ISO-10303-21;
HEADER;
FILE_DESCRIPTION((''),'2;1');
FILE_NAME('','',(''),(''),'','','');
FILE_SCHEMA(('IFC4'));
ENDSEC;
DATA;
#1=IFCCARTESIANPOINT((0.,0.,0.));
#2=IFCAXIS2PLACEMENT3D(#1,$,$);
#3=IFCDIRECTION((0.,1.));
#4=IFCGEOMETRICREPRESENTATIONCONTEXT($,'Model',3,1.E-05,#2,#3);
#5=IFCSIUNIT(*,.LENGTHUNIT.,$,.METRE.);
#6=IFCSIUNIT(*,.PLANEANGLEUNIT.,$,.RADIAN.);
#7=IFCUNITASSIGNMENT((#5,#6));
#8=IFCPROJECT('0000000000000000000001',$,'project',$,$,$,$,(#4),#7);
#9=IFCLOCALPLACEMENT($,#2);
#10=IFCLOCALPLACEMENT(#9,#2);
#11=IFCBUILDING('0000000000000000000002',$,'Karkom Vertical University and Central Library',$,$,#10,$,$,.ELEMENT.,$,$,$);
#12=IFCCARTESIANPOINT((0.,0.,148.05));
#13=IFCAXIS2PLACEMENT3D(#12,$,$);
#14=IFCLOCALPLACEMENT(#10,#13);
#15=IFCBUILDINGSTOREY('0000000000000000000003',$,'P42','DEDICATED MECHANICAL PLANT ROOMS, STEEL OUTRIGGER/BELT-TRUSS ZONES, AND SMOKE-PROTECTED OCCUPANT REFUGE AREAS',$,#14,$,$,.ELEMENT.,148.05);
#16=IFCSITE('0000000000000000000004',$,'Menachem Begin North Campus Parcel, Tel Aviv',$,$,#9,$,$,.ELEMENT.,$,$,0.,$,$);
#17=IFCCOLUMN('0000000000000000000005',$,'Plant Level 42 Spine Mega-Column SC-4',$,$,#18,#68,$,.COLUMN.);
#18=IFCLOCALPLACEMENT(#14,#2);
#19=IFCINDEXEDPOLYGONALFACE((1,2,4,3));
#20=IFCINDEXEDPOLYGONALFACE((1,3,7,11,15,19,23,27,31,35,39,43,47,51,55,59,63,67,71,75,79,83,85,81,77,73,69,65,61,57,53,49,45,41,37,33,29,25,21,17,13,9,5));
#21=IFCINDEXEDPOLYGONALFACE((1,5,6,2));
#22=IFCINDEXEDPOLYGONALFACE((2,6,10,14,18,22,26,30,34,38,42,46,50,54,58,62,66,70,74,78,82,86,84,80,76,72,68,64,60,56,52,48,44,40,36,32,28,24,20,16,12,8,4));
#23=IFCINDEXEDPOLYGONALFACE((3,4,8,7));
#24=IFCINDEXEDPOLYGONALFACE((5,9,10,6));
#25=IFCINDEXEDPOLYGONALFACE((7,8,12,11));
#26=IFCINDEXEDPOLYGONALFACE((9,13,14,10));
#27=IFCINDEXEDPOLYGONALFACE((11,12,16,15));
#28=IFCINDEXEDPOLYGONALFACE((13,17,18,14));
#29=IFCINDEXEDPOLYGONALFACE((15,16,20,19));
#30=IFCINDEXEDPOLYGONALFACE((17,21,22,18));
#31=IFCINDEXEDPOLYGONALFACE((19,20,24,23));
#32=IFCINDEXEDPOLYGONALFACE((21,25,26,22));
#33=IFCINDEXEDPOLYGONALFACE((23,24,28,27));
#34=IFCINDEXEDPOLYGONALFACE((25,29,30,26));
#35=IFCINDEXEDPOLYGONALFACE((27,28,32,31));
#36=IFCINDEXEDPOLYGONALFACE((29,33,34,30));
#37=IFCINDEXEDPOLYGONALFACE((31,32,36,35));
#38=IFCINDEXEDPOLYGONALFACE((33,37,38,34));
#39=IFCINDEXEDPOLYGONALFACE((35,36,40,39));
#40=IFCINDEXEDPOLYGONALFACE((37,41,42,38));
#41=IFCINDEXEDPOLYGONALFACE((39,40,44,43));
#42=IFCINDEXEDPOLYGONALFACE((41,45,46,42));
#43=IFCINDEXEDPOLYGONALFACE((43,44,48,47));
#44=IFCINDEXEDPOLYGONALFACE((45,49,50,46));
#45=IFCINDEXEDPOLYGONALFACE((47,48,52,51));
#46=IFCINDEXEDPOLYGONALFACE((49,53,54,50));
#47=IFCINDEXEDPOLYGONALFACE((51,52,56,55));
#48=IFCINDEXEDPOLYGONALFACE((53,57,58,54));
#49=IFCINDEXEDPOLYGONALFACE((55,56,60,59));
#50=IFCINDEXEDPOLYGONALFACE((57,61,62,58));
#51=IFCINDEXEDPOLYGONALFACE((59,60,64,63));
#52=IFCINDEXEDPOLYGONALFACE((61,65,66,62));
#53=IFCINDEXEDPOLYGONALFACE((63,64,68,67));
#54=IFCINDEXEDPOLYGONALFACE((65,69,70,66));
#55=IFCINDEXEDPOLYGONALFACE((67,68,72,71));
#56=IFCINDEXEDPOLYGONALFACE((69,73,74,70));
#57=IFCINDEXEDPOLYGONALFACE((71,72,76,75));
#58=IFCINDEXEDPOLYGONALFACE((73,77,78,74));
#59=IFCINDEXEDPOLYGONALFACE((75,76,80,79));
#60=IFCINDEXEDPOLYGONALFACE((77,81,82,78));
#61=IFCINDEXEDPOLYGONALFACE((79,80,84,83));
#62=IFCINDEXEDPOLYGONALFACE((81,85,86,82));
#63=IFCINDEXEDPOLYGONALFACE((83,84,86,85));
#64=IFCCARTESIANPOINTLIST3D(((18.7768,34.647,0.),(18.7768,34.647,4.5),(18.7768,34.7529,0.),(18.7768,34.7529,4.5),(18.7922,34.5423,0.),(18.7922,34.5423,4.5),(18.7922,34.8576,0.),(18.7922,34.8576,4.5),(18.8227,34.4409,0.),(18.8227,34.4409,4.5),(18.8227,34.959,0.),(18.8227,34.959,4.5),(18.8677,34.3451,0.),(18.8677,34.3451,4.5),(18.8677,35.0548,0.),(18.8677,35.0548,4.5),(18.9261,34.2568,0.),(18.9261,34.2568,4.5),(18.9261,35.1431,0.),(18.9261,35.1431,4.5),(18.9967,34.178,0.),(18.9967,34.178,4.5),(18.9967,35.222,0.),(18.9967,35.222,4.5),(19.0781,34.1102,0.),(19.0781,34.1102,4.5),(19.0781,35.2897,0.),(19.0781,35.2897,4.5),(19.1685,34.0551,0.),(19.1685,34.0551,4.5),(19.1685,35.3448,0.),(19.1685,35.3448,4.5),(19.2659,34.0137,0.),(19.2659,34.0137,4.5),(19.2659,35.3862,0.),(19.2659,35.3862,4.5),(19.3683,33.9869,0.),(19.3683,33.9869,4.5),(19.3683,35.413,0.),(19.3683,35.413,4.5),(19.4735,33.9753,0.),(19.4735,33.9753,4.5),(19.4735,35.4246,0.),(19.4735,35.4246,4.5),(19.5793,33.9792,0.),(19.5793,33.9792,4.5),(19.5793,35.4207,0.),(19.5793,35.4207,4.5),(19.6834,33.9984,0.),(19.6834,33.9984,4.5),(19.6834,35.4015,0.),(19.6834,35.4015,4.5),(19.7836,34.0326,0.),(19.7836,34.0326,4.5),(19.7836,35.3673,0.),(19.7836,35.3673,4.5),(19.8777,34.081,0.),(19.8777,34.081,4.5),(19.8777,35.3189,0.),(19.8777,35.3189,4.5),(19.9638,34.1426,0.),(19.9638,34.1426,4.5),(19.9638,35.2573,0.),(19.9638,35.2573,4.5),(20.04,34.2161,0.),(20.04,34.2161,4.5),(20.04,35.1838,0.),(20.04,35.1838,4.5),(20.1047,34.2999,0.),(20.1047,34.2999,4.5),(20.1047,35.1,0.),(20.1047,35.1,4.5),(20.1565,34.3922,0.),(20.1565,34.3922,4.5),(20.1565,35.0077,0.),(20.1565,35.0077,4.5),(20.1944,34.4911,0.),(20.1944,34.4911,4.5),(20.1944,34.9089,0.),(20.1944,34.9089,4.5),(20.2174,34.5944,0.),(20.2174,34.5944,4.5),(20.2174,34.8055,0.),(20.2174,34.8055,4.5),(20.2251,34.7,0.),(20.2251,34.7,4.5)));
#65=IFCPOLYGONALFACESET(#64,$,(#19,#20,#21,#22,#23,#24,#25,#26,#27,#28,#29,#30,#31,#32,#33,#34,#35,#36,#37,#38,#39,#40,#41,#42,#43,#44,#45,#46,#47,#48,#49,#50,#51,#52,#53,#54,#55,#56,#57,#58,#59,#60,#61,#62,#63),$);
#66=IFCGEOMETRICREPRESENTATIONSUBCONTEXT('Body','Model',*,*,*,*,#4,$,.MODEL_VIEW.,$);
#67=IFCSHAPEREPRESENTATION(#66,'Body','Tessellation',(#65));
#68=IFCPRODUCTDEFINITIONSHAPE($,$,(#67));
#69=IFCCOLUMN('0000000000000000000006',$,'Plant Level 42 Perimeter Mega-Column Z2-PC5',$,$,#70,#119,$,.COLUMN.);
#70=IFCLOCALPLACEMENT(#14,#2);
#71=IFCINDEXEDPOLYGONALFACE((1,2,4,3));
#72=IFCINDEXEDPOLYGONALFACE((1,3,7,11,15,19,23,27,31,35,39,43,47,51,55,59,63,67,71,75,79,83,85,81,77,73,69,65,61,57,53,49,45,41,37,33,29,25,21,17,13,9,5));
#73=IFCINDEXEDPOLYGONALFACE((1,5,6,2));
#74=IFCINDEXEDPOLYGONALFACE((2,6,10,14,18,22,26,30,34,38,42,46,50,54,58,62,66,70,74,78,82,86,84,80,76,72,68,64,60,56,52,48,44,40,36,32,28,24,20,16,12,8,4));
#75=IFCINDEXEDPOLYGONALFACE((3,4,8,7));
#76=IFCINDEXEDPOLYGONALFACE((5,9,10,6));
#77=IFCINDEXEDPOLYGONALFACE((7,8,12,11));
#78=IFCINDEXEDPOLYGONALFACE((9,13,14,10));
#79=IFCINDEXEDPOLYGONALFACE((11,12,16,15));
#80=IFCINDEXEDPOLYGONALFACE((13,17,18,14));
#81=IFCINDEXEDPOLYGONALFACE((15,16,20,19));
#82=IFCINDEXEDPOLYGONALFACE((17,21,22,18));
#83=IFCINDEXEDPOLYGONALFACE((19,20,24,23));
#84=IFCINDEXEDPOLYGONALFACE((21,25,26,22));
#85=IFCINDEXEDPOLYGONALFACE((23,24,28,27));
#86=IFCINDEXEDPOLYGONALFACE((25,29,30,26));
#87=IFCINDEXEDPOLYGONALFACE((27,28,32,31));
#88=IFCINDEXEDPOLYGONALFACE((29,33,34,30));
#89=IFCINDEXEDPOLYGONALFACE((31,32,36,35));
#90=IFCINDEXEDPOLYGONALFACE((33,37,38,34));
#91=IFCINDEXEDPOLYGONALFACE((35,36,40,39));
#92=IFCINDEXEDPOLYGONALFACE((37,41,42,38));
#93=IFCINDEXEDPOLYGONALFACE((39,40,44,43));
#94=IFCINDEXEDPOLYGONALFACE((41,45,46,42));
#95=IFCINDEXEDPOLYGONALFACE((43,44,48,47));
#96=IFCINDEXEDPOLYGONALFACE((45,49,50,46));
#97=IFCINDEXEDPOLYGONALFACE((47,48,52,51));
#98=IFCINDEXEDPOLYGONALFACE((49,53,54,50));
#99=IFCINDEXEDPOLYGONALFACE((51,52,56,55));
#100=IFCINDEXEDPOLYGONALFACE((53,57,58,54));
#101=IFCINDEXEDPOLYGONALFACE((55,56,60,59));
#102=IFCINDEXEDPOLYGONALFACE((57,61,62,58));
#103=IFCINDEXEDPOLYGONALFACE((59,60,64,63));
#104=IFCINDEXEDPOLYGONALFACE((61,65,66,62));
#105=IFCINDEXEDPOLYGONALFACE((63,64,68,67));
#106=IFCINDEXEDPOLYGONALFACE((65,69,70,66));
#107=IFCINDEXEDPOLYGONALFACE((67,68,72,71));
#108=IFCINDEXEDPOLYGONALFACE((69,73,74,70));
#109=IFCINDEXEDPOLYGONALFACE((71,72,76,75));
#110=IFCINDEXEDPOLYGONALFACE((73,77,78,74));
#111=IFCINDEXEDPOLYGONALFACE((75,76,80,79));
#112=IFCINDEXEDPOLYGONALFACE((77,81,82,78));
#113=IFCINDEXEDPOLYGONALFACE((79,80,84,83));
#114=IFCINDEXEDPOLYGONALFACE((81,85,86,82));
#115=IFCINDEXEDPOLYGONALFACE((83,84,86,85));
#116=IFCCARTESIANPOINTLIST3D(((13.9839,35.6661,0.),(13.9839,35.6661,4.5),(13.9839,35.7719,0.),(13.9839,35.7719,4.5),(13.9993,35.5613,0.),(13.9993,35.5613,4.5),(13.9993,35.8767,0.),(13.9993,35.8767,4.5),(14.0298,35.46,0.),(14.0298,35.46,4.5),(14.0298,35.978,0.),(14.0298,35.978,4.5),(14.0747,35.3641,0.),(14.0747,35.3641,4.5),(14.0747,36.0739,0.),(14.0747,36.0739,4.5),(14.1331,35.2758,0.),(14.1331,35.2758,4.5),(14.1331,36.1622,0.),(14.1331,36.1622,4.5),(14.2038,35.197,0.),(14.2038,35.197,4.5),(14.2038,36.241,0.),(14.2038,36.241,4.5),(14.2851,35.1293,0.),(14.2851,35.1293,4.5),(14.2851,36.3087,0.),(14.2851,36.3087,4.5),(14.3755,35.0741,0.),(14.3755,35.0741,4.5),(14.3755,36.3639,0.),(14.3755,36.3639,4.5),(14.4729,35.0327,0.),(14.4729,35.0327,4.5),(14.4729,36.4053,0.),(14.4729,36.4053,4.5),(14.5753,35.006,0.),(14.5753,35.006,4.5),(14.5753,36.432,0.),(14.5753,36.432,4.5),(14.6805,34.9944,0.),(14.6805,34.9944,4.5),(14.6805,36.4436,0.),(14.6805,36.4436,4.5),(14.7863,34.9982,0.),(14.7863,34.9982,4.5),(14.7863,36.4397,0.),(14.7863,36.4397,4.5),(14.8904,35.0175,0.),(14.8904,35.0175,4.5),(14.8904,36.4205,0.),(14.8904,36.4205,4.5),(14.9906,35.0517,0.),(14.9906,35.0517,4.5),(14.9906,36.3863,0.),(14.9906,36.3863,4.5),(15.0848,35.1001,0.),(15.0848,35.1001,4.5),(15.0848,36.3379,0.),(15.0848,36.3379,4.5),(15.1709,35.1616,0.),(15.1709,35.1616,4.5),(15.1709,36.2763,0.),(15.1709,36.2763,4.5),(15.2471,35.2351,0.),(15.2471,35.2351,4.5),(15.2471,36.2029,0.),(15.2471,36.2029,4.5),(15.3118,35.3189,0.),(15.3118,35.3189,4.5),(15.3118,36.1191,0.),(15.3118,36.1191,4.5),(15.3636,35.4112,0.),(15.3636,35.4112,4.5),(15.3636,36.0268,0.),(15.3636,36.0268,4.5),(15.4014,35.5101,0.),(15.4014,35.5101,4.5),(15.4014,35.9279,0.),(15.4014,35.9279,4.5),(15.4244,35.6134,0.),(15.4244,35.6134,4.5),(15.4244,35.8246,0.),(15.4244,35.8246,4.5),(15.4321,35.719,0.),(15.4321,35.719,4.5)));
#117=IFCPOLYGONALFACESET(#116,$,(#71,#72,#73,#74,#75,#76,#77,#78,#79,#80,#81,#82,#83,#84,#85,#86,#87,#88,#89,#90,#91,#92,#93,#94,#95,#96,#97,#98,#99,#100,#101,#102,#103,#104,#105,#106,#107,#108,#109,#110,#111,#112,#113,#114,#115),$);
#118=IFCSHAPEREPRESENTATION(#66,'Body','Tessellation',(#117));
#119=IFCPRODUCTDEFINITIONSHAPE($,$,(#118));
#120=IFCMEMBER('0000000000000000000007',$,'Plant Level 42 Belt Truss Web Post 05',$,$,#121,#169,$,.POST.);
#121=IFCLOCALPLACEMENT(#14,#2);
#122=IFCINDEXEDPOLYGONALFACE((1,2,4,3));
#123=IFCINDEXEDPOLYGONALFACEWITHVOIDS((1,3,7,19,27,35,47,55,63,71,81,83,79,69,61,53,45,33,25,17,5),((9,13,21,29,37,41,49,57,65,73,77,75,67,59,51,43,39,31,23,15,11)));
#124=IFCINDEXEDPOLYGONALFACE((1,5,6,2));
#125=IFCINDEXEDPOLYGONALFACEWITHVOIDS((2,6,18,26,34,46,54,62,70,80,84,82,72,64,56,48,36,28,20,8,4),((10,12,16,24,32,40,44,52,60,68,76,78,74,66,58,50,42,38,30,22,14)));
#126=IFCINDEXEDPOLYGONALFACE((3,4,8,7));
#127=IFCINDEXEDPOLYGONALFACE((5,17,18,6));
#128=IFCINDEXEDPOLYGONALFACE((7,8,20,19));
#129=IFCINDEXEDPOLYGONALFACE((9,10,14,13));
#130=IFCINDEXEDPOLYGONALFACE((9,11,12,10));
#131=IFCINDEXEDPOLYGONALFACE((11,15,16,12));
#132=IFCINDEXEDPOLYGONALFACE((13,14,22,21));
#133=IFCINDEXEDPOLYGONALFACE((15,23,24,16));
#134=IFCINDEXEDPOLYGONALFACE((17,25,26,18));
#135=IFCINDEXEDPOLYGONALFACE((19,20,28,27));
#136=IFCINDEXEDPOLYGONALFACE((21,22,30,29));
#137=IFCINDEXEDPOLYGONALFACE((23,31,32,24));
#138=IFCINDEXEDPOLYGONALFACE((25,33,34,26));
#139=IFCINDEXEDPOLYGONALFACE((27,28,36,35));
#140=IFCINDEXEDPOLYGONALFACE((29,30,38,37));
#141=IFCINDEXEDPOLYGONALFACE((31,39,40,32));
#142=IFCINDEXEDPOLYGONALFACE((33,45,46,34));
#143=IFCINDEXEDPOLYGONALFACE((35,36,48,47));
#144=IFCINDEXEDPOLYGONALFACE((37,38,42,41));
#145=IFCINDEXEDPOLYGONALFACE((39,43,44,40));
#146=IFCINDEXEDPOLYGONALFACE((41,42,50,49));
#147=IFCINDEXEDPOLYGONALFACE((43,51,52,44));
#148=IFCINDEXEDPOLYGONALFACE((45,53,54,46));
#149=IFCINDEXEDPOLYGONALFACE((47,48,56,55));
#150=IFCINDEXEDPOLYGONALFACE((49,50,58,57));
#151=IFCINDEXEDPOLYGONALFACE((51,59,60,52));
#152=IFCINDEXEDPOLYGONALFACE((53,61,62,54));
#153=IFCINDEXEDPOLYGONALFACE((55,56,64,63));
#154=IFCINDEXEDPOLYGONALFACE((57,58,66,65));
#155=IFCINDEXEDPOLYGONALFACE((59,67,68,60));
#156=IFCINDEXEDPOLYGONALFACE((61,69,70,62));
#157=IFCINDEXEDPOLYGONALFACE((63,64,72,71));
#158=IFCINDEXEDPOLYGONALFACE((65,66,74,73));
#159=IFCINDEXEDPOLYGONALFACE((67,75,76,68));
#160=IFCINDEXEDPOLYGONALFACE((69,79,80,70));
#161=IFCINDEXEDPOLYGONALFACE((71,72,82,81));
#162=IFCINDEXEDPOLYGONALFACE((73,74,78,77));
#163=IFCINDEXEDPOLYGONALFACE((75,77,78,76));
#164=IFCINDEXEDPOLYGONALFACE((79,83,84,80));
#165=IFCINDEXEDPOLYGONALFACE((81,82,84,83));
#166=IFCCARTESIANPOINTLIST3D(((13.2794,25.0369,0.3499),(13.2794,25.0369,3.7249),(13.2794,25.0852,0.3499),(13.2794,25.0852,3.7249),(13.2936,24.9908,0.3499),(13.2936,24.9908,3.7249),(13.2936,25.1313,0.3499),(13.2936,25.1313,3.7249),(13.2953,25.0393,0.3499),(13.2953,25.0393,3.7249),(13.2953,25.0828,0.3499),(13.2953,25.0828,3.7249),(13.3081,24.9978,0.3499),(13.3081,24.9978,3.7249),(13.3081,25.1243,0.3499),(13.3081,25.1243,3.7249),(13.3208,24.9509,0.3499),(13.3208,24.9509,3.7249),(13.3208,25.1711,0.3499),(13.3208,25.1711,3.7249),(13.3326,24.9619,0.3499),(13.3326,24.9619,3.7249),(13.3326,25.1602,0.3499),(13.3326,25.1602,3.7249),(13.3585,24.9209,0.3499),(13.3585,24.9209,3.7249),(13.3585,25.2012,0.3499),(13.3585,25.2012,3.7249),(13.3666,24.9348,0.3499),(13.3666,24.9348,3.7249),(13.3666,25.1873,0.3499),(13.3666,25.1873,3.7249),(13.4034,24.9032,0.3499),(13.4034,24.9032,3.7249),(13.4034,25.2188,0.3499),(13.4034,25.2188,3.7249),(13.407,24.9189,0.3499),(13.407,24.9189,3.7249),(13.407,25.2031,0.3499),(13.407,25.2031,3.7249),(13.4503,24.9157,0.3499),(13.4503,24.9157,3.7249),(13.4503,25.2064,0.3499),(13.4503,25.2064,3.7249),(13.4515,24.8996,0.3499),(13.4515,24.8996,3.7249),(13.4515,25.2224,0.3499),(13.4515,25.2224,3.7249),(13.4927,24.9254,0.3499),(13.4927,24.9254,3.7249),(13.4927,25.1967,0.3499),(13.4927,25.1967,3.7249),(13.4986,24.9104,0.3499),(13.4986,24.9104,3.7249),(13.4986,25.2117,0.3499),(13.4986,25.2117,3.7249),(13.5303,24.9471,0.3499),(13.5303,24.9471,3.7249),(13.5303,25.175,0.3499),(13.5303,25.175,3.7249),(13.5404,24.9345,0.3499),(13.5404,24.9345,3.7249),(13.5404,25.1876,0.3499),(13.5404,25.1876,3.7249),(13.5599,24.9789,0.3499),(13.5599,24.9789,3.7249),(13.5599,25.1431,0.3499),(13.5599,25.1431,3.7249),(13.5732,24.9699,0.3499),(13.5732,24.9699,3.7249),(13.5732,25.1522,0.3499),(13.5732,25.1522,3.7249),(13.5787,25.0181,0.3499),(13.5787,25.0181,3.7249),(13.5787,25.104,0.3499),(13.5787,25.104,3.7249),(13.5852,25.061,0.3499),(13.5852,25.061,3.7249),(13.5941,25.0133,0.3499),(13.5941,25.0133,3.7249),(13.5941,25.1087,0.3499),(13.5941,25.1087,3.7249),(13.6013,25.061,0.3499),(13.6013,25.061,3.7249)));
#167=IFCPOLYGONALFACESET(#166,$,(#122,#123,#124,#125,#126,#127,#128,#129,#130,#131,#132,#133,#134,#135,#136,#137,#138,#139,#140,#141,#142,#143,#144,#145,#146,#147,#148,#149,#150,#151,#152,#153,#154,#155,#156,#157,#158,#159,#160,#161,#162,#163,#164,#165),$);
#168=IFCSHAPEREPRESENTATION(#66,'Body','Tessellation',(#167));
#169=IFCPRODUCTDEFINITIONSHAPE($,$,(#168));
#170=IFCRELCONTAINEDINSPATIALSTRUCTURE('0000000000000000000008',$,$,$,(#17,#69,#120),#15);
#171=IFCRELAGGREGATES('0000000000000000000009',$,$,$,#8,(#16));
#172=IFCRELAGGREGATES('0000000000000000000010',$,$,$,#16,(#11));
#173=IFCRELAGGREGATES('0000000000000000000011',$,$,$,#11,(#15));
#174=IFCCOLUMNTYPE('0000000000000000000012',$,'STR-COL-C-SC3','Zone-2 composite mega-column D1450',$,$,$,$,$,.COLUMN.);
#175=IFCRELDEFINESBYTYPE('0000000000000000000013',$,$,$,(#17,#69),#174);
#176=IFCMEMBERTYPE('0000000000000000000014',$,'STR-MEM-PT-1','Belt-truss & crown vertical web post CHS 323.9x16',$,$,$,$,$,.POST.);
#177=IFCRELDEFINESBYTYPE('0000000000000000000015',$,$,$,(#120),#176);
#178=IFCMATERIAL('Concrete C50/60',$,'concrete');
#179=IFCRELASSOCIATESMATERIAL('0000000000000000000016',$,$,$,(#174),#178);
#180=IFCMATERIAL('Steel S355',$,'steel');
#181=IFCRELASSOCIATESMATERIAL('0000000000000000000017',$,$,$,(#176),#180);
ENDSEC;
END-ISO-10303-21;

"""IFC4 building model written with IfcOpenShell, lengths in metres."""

from ifc_helpers import new_model, si_unit, direction, frame, origin, origin_with_axes, origin_2d, place, context, subcontext, project, spatial, circle, hollow_circle, extrude, source, transform, mapped, material, material_profile, profile_set, type_object, element, save


model = new_model("IFC4")

# Units and contexts
model_context = context("Model", 3, precision=1e-05, world=origin(), true_north=direction((0.0, 1.0)))
body_context = subcontext(model_context, "Body", "Model", "MODEL_VIEW")
ifc_project = project(units=[si_unit("LENGTHUNIT", "METRE"), si_unit("PLANEANGLEUNIT", "RADIAN")], contexts=[model_context])

# Site, building, storey
site_placement = place(None, origin())
site = spatial("IfcSite", under=ifc_project, at=site_placement, Name="Menachem Begin North Campus Parcel, Tel Aviv", CompositionType="ELEMENT", RefElevation=0.0)
building_placement = place(site_placement, origin())
building = spatial("IfcBuilding", under=site, at=building_placement, Name="Karkom Vertical University and Central Library", CompositionType="ELEMENT")
storey_placement = place(building_placement, frame((0.0, 0.0, 148.05)))
storey = spatial("IfcBuildingStorey", under=building, at=storey_placement, Name="P42", Description="DEDICATED MECHANICAL PLANT ROOMS, STEEL OUTRIGGER/BELT-TRUSS ZONES, AND SMOKE-PROTECTED OCCUPANT REFUGE AREAS", CompositionType="ELEMENT", Elevation=148.05)

# Columns
ifc_material_1 = material(Name="Concrete C50/60", Category="concrete")
ifc_material_profile_1 = material_profile(ifc_material_1, circle(Radius=0.7251, at=origin_2d()), Name="CFT-D1450")
ifc_profile_set_1 = profile_set([ifc_material_profile_1], Name="Concrete C50/60")
column_type = type_object("IfcColumnType", Name="STR-COL-C-SC3", Description="Zone-2 composite mega-column D1450", PredefinedType="COLUMN", material=ifc_profile_set_1)
shared_shape_1 = source(origin_with_axes(), body_context, "Body", "SweptSolid", [
    extrude(circle(Radius=0.7251, at=origin_2d()), origin(), (0.0, 0.0, 1.0), 4.5),
])
for number, where, z_axis, x_axis, name in (
    (1, (19.5, 34.7, 0.0), (0.0, 0.0, 1.0), (1.0, 0.0, 0.0), "Plant Level 42 Spine Mega-Column SC-4"),
    (2, (14.707, 35.719, 0.0), (0.0, 0.0, 1.0), (1.0, 0.0, 0.0), "Plant Level 42 Perimeter Mega-Column Z2-PC5"),
):
    element("IfcColumn", number, at=place(storey_placement, frame(where, z_axis=z_axis, x_axis=x_axis)), inside=storey, type_object=column_type, Name=name, PredefinedType="COLUMN", context=body_context, shape_type="MappedRepresentation", body=[
        mapped(shared_shape_1, transform((0.0, 0.0, 0.0), scale=1.0)),
    ])

# Member
ifc_material_2 = material(Name="Steel S355", Category="steel")
ifc_material_profile_2 = material_profile(ifc_material_2, hollow_circle(Radius=0.1619, WallThickness=0.0161, at=origin_2d()), Name="CHS 323.9x16")
ifc_profile_set_2 = profile_set([ifc_material_profile_2], Name="Steel S355")
member_type = type_object("IfcMemberType", Name="STR-MEM-PT-1", Description="Belt-truss & crown vertical web post CHS 323.9x16", PredefinedType="POST", material=ifc_profile_set_2)
shared_shape_2 = source(origin_with_axes(), body_context, "Body", "SweptSolid", [
    extrude(hollow_circle(Radius=0.1619, WallThickness=0.0161, at=origin_2d()), origin(), (0.0, 0.0, 1.0), 3.375),
])
member_placement = place(storey_placement, frame((13.4395, 25.061, 0.3499), z_axis=(0.0, 0.0, 1.0), x_axis=(1.0, 0.0, 0.0)))
element("IfcMember", 3, at=member_placement, inside=storey, type_object=member_type, Name="Plant Level 42 Belt Truss Web Post 05", PredefinedType="POST", context=body_context, shape_type="MappedRepresentation", body=[
    mapped(shared_shape_2, transform((0.0, 0.0, 0.0), scale=1.0)),
])

save(model, "model.ifc")
